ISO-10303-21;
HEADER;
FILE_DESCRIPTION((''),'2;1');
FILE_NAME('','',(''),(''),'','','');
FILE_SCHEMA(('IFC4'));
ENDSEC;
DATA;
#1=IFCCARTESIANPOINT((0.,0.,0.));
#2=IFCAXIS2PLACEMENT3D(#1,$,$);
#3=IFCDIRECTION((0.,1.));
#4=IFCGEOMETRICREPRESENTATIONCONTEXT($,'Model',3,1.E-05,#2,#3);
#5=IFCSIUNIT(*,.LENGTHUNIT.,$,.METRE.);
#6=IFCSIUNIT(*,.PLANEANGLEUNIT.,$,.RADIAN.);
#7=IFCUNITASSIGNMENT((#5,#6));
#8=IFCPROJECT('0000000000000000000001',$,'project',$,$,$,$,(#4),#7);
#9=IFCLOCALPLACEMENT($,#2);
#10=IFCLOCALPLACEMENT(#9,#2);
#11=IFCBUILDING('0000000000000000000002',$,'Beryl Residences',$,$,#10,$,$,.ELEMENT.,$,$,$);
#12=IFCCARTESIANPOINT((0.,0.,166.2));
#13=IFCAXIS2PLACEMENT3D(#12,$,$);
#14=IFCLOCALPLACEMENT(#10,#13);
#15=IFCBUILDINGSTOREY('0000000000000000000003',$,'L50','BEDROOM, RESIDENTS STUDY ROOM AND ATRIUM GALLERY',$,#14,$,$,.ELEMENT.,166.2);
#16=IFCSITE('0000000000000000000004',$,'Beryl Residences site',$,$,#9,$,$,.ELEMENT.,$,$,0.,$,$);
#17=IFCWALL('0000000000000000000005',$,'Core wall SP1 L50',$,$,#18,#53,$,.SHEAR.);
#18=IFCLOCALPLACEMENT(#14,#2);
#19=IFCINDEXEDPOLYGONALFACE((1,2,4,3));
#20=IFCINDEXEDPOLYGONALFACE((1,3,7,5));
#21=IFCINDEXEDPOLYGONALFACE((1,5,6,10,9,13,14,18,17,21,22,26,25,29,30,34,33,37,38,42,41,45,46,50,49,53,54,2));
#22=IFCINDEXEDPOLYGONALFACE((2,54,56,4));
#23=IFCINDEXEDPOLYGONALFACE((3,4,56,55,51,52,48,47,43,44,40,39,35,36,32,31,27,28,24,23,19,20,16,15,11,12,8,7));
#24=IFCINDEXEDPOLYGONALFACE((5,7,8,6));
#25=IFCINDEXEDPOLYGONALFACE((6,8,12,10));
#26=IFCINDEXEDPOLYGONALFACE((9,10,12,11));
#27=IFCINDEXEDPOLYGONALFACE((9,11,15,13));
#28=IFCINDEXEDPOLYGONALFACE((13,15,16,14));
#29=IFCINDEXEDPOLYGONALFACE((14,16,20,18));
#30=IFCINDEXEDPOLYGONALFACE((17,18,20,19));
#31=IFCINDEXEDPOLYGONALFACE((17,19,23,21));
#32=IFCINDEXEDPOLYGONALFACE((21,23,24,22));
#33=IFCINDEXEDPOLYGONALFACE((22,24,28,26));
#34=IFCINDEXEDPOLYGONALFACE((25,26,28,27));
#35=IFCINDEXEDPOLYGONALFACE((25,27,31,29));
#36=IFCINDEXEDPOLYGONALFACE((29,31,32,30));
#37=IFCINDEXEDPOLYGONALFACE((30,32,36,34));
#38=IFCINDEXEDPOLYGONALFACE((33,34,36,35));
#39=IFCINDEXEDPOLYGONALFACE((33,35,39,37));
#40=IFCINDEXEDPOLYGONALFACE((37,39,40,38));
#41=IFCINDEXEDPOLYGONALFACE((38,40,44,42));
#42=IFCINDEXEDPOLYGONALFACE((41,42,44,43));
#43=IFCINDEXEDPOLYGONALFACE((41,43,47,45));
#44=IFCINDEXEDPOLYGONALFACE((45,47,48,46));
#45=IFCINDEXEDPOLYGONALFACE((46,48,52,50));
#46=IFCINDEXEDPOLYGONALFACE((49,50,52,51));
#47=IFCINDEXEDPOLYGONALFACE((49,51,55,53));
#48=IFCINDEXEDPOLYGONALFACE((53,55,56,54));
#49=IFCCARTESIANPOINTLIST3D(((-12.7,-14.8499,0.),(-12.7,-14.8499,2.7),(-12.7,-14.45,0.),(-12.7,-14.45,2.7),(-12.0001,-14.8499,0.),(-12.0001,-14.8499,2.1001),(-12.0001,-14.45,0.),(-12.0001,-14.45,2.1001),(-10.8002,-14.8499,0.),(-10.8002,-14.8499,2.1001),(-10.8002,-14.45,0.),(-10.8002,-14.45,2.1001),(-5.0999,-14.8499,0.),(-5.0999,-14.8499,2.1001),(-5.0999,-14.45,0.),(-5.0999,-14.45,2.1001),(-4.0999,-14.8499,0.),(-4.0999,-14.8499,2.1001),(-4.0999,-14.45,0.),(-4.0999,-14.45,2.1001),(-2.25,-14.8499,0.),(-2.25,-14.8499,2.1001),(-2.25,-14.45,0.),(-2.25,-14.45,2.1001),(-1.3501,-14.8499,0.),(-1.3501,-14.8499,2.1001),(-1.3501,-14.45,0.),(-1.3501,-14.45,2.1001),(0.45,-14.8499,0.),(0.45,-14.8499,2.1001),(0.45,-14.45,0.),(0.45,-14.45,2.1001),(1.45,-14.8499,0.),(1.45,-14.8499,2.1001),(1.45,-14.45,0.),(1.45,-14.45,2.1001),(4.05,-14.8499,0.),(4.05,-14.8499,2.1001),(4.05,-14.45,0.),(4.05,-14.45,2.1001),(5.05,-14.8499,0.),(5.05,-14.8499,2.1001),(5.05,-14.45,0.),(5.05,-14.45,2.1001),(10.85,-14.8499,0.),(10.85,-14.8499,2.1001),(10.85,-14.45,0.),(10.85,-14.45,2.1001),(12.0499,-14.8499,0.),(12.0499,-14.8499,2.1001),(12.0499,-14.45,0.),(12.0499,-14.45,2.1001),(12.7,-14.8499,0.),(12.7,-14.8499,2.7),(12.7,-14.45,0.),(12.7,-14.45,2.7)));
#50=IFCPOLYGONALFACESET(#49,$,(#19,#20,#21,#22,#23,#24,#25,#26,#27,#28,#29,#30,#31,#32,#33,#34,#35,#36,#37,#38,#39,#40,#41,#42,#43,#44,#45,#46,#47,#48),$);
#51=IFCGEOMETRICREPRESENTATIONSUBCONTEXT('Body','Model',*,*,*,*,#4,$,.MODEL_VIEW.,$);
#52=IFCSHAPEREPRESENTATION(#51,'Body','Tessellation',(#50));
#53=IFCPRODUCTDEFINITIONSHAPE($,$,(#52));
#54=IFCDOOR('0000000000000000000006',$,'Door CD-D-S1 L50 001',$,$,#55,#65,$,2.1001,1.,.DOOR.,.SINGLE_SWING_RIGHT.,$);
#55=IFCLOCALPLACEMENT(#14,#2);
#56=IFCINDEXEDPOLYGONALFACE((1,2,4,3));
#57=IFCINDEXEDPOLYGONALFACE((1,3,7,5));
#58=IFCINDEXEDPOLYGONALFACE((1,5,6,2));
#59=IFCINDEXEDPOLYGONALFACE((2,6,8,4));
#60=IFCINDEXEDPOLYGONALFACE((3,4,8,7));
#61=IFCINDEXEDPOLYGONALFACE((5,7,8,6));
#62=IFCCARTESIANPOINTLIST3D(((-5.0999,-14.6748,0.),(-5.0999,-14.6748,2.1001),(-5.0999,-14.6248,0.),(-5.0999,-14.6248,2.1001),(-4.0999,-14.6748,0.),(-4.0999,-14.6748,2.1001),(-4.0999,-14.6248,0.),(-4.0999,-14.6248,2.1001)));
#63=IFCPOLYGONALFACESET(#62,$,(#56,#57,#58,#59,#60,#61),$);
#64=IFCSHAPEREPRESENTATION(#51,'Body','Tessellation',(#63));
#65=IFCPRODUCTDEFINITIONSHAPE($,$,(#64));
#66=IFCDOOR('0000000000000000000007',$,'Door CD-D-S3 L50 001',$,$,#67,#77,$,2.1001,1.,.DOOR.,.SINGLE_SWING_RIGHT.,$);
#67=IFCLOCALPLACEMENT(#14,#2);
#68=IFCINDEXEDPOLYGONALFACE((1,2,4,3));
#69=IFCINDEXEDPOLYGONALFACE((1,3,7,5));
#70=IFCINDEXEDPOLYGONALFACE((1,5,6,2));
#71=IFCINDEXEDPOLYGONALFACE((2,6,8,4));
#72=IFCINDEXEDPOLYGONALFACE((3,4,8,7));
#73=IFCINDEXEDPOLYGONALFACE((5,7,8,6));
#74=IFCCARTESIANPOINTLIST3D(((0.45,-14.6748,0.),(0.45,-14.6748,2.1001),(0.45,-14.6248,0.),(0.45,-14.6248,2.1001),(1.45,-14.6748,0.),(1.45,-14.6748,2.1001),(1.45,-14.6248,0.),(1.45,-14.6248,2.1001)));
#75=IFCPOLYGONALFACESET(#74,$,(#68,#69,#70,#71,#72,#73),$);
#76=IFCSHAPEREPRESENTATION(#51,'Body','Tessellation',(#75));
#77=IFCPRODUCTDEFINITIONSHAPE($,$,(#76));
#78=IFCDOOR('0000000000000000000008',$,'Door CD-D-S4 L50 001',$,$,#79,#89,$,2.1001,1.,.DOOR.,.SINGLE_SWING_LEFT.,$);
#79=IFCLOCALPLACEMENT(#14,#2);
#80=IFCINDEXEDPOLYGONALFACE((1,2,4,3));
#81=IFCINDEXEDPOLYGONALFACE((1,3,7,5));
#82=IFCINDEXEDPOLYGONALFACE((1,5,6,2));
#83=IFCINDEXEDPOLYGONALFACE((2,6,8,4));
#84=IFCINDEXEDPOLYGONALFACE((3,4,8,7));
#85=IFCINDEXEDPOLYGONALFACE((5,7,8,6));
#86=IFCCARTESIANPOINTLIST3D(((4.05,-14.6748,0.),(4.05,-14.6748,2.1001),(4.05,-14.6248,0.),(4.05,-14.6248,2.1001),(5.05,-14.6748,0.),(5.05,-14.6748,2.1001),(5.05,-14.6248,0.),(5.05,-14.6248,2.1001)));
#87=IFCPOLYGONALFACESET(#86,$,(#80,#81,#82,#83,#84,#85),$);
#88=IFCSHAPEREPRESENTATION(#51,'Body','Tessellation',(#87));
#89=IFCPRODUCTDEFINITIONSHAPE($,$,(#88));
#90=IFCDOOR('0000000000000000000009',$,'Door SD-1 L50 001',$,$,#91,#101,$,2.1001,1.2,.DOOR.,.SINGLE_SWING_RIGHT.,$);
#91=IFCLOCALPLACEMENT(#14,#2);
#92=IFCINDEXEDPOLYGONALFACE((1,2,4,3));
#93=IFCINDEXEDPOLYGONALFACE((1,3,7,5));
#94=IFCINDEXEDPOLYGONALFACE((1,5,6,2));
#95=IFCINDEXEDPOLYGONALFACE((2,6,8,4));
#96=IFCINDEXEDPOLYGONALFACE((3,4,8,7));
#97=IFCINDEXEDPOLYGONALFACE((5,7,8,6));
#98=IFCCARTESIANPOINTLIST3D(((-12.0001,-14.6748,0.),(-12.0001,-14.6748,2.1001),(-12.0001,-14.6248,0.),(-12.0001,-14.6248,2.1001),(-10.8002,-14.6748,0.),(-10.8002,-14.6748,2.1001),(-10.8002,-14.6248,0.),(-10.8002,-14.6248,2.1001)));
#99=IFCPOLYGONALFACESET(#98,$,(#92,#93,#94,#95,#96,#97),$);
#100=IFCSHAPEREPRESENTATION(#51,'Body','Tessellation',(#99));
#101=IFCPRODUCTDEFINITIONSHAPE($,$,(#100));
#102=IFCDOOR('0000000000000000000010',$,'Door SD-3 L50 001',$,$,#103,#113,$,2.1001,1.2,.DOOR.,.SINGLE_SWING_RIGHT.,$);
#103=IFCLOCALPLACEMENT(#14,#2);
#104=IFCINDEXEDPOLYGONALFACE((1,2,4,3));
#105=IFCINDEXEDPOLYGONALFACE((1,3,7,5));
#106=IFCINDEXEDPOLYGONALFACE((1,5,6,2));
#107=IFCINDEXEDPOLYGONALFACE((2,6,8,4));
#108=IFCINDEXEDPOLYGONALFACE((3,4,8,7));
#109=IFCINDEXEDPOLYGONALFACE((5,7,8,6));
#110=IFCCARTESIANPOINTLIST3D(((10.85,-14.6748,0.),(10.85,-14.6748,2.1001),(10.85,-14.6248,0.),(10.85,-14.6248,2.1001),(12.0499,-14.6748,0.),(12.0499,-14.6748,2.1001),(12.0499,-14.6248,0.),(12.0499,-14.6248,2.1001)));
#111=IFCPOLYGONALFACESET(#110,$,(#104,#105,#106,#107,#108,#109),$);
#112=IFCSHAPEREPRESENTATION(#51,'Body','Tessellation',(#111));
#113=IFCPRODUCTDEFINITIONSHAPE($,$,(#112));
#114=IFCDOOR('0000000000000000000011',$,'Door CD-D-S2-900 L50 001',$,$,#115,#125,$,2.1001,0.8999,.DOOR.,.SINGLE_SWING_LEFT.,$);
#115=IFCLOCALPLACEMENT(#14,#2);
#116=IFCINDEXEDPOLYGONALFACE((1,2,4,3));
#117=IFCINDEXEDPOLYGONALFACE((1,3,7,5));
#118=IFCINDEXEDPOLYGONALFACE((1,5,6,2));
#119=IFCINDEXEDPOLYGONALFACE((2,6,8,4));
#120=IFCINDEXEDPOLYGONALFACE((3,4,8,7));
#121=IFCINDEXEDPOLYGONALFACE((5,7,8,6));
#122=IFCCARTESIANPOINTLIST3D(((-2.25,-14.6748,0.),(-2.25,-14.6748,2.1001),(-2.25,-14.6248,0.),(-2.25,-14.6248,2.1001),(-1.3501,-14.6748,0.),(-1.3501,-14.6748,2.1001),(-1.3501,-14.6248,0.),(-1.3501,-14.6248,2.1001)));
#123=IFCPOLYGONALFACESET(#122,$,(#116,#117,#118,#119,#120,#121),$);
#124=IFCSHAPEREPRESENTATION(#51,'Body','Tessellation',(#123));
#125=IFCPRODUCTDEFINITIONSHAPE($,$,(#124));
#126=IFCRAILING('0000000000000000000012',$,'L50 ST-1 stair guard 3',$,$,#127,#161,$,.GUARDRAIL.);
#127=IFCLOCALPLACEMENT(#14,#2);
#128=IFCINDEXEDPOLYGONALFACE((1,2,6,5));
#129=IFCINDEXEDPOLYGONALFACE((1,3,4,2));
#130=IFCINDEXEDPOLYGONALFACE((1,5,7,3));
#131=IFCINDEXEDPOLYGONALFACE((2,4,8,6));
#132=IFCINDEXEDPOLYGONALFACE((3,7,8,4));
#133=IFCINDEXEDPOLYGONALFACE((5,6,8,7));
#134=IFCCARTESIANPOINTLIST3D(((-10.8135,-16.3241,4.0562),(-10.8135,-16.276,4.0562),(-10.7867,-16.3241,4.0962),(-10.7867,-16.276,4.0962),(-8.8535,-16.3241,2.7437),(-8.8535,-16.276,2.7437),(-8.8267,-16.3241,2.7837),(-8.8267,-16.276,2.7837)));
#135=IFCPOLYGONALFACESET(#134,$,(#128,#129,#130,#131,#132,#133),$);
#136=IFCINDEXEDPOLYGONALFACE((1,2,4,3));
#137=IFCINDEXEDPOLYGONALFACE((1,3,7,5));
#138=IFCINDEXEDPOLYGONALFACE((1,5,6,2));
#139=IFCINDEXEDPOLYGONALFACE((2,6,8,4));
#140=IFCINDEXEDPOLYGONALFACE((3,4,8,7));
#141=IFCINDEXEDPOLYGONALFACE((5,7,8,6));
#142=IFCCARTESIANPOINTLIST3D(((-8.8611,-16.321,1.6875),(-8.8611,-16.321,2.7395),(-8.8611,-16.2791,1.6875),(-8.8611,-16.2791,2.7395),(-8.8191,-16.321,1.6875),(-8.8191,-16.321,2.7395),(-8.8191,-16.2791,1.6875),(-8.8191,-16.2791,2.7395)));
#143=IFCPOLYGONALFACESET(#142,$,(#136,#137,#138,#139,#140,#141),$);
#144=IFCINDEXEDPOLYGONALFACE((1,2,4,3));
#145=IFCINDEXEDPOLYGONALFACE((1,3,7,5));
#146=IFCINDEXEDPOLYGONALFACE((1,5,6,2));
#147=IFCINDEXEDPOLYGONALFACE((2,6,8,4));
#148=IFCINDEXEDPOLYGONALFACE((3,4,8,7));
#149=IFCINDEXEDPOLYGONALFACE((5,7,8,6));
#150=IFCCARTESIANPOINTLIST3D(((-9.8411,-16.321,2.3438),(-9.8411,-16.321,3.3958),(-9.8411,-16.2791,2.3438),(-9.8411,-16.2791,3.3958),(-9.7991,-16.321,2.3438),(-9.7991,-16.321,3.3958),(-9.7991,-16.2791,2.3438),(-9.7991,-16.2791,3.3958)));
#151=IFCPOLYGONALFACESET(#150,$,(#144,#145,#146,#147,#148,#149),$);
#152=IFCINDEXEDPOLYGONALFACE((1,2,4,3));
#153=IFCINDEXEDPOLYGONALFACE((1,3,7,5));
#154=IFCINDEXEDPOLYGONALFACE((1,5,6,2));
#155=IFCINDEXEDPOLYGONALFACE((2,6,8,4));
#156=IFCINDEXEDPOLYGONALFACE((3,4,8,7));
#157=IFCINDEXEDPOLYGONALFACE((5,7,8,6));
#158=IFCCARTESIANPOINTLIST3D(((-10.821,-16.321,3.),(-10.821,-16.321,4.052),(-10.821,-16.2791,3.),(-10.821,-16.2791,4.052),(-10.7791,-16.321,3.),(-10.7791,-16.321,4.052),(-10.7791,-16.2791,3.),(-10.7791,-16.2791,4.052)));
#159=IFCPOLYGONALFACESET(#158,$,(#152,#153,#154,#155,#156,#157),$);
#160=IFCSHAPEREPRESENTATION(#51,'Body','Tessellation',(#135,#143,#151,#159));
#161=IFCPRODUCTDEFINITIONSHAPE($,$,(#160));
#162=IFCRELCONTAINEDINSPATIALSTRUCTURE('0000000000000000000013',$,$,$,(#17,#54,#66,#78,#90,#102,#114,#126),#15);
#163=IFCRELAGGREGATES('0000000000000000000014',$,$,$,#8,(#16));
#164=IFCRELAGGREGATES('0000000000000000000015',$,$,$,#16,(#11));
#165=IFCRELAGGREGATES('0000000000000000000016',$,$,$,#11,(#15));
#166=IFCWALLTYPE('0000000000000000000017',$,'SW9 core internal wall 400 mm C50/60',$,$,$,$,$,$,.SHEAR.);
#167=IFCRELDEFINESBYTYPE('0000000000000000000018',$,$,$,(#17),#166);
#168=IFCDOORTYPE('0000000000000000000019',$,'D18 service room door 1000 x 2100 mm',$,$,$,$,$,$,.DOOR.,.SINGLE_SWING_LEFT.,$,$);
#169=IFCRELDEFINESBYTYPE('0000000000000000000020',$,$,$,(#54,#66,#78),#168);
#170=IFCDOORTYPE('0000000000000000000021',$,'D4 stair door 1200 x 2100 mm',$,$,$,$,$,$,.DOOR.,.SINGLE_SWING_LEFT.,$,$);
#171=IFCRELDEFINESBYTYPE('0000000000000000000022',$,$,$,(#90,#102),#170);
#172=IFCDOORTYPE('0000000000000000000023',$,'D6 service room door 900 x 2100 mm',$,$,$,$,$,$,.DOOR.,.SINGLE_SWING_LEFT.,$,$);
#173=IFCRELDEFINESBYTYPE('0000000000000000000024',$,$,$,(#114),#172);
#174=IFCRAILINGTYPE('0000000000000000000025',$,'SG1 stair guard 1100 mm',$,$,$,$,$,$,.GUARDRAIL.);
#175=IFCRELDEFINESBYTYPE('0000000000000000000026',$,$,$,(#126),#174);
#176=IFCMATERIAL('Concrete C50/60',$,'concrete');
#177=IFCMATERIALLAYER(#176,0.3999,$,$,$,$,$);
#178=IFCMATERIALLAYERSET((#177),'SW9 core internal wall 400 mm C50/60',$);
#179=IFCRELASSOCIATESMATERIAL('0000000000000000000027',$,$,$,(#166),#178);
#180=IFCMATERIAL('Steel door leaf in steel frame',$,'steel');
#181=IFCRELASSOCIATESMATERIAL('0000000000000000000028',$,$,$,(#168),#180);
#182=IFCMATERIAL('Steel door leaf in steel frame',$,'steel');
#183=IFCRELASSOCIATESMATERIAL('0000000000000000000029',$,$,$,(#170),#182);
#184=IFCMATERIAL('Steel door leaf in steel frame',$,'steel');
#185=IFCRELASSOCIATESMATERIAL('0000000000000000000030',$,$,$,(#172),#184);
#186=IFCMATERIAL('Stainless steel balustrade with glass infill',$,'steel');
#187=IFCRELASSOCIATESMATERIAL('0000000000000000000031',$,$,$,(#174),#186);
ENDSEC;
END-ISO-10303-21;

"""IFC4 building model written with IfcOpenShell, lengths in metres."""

from ifc_helpers import new_model, si_unit, direction, frame, frame_2d, origin, origin_2d, place, context, subcontext, project, spatial, rectangle, extrude, material, layer, layer_set, type_object, element, fill, save


model = new_model("IFC4")

# Units and contexts
model_context = context("Model", 3, precision=1e-05, world=origin(), true_north=direction((0.0, 1.0)))
body_context = subcontext(model_context, "Body", "Model", "MODEL_VIEW")
ifc_project = project(units=[si_unit("LENGTHUNIT", "METRE"), si_unit("PLANEANGLEUNIT", "RADIAN")], contexts=[model_context])

# Site, building, storey
site_placement = place(None, origin())
site = spatial("IfcSite", under=ifc_project, at=site_placement, Name="Beryl Residences site", CompositionType="ELEMENT", RefElevation=0.0)
building_placement = place(site_placement, origin())
building = spatial("IfcBuilding", under=site, at=building_placement, Name="Beryl Residences", CompositionType="ELEMENT")
storey_placement = place(building_placement, frame((0.0, 0.0, 166.2)))
storey = spatial("IfcBuildingStorey", under=building, at=storey_placement, Name="L50", Description="BEDROOM, RESIDENTS STUDY ROOM AND ATRIUM GALLERY", CompositionType="ELEMENT", Elevation=166.2)

# Wall, openings, doors
ifc_material_1 = material(Name="Concrete C50/60", Category="concrete")
ifc_layer_1 = layer(ifc_material_1, 0.3999)
ifc_layer_set_1 = layer_set([ifc_layer_1], Name="SW9 core internal wall 400 mm C50/60")
wall_type_1 = type_object("IfcWallType", Name="SW9 core internal wall 400 mm C50/60", PredefinedType="SHEAR", material=ifc_layer_set_1)
wall_1_placement = place(storey_placement, frame((-12.7, -14.6499, 0.0), z_axis=(0.0, 0.0, 1.0), x_axis=(1.0, 0.0, 0.0)))
wall_1 = element("IfcWall", 1, at=wall_1_placement, inside=storey, type_object=wall_type_1, Name="Core wall SP1 L50", PredefinedType="SHEAR", context=body_context, shape_type="SweptSolid", body=[
    extrude(rectangle(XDim=25.3999, YDim=0.3999, at=frame_2d((12.7, 0.0))), origin(), (0.0, 0.0, 1.0), 2.7),
])
opening_1_placement = place(wall_1_placement, frame((1.8999, 0.0, 0.0), z_axis=(0.0, 0.0, 1.0), x_axis=(-1.0, 0.0, 0.0)))
opening_1 = element("IfcOpeningElement", 2, at=opening_1_placement, cuts=wall_1, PredefinedType="OPENING", context=body_context, shape_type="SweptSolid", body=[
    extrude(rectangle(XDim=1.2, YDim=2.1001, at=frame_2d((0.6001, 1.05))), frame((0.0, 0.21, 0.0), z_axis=(0.0, -1.0, 0.0), x_axis=(1.0, 0.0, 0.0)), (0.0, 0.0, 1.0), 0.4199),
])
opening_2_placement = place(wall_1_placement, frame((24.75, 0.0, 0.0), z_axis=(0.0, 0.0, 1.0), x_axis=(-1.0, 0.0, 0.0)))
opening_2 = element("IfcOpeningElement", 3, at=opening_2_placement, cuts=wall_1, PredefinedType="OPENING", context=body_context, shape_type="SweptSolid", body=[
    extrude(rectangle(XDim=1.2, YDim=2.1001, at=frame_2d((0.6001, 1.05))), frame((0.0, 0.21, 0.0), z_axis=(0.0, -1.0, 0.0), x_axis=(1.0, 0.0, 0.0)), (0.0, 0.0, 1.0), 0.4199),
])
opening_3_placement = place(wall_1_placement, frame((8.6001, 0.0, 0.0), z_axis=(0.0, 0.0, 1.0), x_axis=(-1.0, 0.0, 0.0)))
opening_3 = element("IfcOpeningElement", 4, at=opening_3_placement, cuts=wall_1, PredefinedType="OPENING", context=body_context, shape_type="SweptSolid", body=[
    extrude(rectangle(XDim=1.0, YDim=2.1001, at=frame_2d((0.5, 1.05))), frame((0.0, 0.21, 0.0), z_axis=(0.0, -1.0, 0.0), x_axis=(1.0, 0.0, 0.0)), (0.0, 0.0, 1.0), 0.4199),
])
opening_4_placement = place(wall_1_placement, frame((11.3499, 0.0, 0.0), z_axis=(0.0, 0.0, 1.0), x_axis=(-1.0, 0.0, 0.0)))
opening_4 = element("IfcOpeningElement", 5, at=opening_4_placement, cuts=wall_1, PredefinedType="OPENING", context=body_context, shape_type="SweptSolid", body=[
    extrude(rectangle(XDim=0.8999, YDim=2.1001, at=frame_2d((0.45, 1.05))), frame((0.0, 0.21, 0.0), z_axis=(0.0, -1.0, 0.0), x_axis=(1.0, 0.0, 0.0)), (0.0, 0.0, 1.0), 0.4199),
])
opening_5_placement = place(wall_1_placement, frame((14.1499, 0.0, 0.0), z_axis=(0.0, 0.0, 1.0), x_axis=(-1.0, 0.0, 0.0)))
opening_5 = element("IfcOpeningElement", 6, at=opening_5_placement, cuts=wall_1, PredefinedType="OPENING", context=body_context, shape_type="SweptSolid", body=[
    extrude(rectangle(XDim=1.0, YDim=2.1001, at=frame_2d((0.5, 1.05))), frame((0.0, 0.21, 0.0), z_axis=(0.0, -1.0, 0.0), x_axis=(1.0, 0.0, 0.0)), (0.0, 0.0, 1.0), 0.4199),
])
opening_6_placement = place(wall_1_placement, frame((17.75, 0.0, 0.0), z_axis=(0.0, 0.0, 1.0), x_axis=(-1.0, 0.0, 0.0)))
opening_6 = element("IfcOpeningElement", 7, at=opening_6_placement, cuts=wall_1, PredefinedType="OPENING", context=body_context, shape_type="SweptSolid", body=[
    extrude(rectangle(XDim=1.0, YDim=2.1001, at=frame_2d((0.5, 1.05))), frame((0.0, 0.21, 0.0), z_axis=(0.0, -1.0, 0.0), x_axis=(1.0, 0.0, 0.0)), (0.0, 0.0, 1.0), 0.4199),
])
ifc_material_2 = material(Name="Steel door leaf in steel frame", Category="steel")
door_type_1 = type_object("IfcDoorType", Name="D18 service room door 1000 x 2100 mm", OperationType="SINGLE_SWING_LEFT", PredefinedType="DOOR", material=ifc_material_2)
door_1_placement = place(opening_3_placement, origin())
door_1 = element("IfcDoor", 8, at=door_1_placement, inside=storey, type_object=door_type_1, Name="Door CD-D-S1 L50 001", OperationType="SINGLE_SWING_RIGHT", OverallHeight=2.1001, OverallWidth=1.0, PredefinedType="DOOR", context=body_context, shape_type="SweptSolid", body=[
    extrude(rectangle(XDim=1.0, YDim=2.1001, at=frame_2d((0.5, 1.05))), frame((0.0, 0.0249, 0.0), z_axis=(0.0, -1.0, 0.0), x_axis=(1.0, 0.0, 0.0)), (0.0, 0.0, 1.0), 0.05),
])
fill(opening_3, door_1)
door_2_placement = place(opening_5_placement, origin())
door_2 = element("IfcDoor", 9, at=door_2_placement, inside=storey, type_object=door_type_1, Name="Door CD-D-S3 L50 001", OperationType="SINGLE_SWING_RIGHT", OverallHeight=2.1001, OverallWidth=1.0, PredefinedType="DOOR", context=body_context, shape_type="SweptSolid", body=[
    extrude(rectangle(XDim=1.0, YDim=2.1001, at=frame_2d((0.5, 1.05))), frame((0.0, 0.0249, 0.0), z_axis=(0.0, -1.0, 0.0), x_axis=(1.0, 0.0, 0.0)), (0.0, 0.0, 1.0), 0.05),
])
fill(opening_5, door_2)
door_3_placement = place(opening_6_placement, origin())
door_3 = element("IfcDoor", 10, at=door_3_placement, inside=storey, type_object=door_type_1, Name="Door CD-D-S4 L50 001", OperationType="SINGLE_SWING_LEFT", OverallHeight=2.1001, OverallWidth=1.0, PredefinedType="DOOR", context=body_context, shape_type="SweptSolid", body=[
    extrude(rectangle(XDim=1.0, YDim=2.1001, at=frame_2d((0.5, 1.05))), frame((0.0, 0.0249, 0.0), z_axis=(0.0, -1.0, 0.0), x_axis=(1.0, 0.0, 0.0)), (0.0, 0.0, 1.0), 0.05),
])
fill(opening_6, door_3)
ifc_material_3 = material(Name="Steel door leaf in steel frame", Category="steel")
door_type_2 = type_object("IfcDoorType", Name="D4 stair door 1200 x 2100 mm", OperationType="SINGLE_SWING_LEFT", PredefinedType="DOOR", material=ifc_material_3)
door_4_placement = place(opening_1_placement, origin())
door_4 = element("IfcDoor", 11, at=door_4_placement, inside=storey, type_object=door_type_2, Name="Door SD-1 L50 001", OperationType="SINGLE_SWING_RIGHT", OverallHeight=2.1001, OverallWidth=1.2, PredefinedType="DOOR", context=body_context, shape_type="SweptSolid", body=[
    extrude(rectangle(XDim=1.2, YDim=2.1001, at=frame_2d((0.6001, 1.05))), frame((0.0, 0.0249, 0.0), z_axis=(0.0, -1.0, 0.0), x_axis=(1.0, 0.0, 0.0)), (0.0, 0.0, 1.0), 0.05),
])
fill(opening_1, door_4)
door_5_placement = place(opening_2_placement, origin())
door_5 = element("IfcDoor", 12, at=door_5_placement, inside=storey, type_object=door_type_2, Name="Door SD-3 L50 001", OperationType="SINGLE_SWING_RIGHT", OverallHeight=2.1001, OverallWidth=1.2, PredefinedType="DOOR", context=body_context, shape_type="SweptSolid", body=[
    extrude(rectangle(XDim=1.2, YDim=2.1001, at=frame_2d((0.6001, 1.05))), frame((0.0, 0.0249, 0.0), z_axis=(0.0, -1.0, 0.0), x_axis=(1.0, 0.0, 0.0)), (0.0, 0.0, 1.0), 0.05),
])
fill(opening_2, door_5)
ifc_material_4 = material(Name="Steel door leaf in steel frame", Category="steel")
door_type_3 = type_object("IfcDoorType", Name="D6 service room door 900 x 2100 mm", OperationType="SINGLE_SWING_LEFT", PredefinedType="DOOR", material=ifc_material_4)
door_6_placement = place(opening_4_placement, origin())
door_6 = element("IfcDoor", 13, at=door_6_placement, inside=storey, type_object=door_type_3, Name="Door CD-D-S2-900 L50 001", OperationType="SINGLE_SWING_LEFT", OverallHeight=2.1001, OverallWidth=0.8999, PredefinedType="DOOR", context=body_context, shape_type="SweptSolid", body=[
    extrude(rectangle(XDim=0.8999, YDim=2.1001, at=frame_2d((0.45, 1.05))), frame((0.0, 0.0249, 0.0), z_axis=(0.0, -1.0, 0.0), x_axis=(1.0, 0.0, 0.0)), (0.0, 0.0, 1.0), 0.05),
])
fill(opening_4, door_6)

# Railing
ifc_material_5 = material(Name="Stainless steel balustrade with glass infill", Category="steel")
railing_type_1 = type_object("IfcRailingType", Name="SG1 stair guard 1100 mm", PredefinedType="GUARDRAIL", material=ifc_material_5)
railing_1_placement = place(storey_placement, frame((-8.8401, -16.3, 1.6875)))
element("IfcRailing", 14, at=railing_1_placement, inside=storey, type_object=railing_type_1, Name="L50 ST-1 stair guard 3", PredefinedType="GUARDRAIL", context=body_context, shape_type="SweptSolid", body=[
    extrude(rectangle(XDim=0.0481, YDim=0.0481, at=origin_2d()), frame((0.0, 0.0, 1.0762), z_axis=(-0.830902, 0.0, 0.556419), x_axis=(0.0, -1.0, 0.0)), (0.0, 0.0, 1.0), 2.3589),
    extrude(rectangle(XDim=0.042, YDim=0.042, at=origin_2d()), origin(), (0.0, 0.0, 1.0), 1.052),
    extrude(rectangle(XDim=0.042, YDim=0.042, at=origin_2d()), frame((-0.98, 0.0, 0.6562)), (0.0, 0.0, 1.0), 1.052),
    extrude(rectangle(XDim=0.042, YDim=0.042, at=origin_2d()), frame((-1.96, 0.0, 1.3125)), (0.0, 0.0, 1.0), 1.052),
])

save(model, "model.ifc")
